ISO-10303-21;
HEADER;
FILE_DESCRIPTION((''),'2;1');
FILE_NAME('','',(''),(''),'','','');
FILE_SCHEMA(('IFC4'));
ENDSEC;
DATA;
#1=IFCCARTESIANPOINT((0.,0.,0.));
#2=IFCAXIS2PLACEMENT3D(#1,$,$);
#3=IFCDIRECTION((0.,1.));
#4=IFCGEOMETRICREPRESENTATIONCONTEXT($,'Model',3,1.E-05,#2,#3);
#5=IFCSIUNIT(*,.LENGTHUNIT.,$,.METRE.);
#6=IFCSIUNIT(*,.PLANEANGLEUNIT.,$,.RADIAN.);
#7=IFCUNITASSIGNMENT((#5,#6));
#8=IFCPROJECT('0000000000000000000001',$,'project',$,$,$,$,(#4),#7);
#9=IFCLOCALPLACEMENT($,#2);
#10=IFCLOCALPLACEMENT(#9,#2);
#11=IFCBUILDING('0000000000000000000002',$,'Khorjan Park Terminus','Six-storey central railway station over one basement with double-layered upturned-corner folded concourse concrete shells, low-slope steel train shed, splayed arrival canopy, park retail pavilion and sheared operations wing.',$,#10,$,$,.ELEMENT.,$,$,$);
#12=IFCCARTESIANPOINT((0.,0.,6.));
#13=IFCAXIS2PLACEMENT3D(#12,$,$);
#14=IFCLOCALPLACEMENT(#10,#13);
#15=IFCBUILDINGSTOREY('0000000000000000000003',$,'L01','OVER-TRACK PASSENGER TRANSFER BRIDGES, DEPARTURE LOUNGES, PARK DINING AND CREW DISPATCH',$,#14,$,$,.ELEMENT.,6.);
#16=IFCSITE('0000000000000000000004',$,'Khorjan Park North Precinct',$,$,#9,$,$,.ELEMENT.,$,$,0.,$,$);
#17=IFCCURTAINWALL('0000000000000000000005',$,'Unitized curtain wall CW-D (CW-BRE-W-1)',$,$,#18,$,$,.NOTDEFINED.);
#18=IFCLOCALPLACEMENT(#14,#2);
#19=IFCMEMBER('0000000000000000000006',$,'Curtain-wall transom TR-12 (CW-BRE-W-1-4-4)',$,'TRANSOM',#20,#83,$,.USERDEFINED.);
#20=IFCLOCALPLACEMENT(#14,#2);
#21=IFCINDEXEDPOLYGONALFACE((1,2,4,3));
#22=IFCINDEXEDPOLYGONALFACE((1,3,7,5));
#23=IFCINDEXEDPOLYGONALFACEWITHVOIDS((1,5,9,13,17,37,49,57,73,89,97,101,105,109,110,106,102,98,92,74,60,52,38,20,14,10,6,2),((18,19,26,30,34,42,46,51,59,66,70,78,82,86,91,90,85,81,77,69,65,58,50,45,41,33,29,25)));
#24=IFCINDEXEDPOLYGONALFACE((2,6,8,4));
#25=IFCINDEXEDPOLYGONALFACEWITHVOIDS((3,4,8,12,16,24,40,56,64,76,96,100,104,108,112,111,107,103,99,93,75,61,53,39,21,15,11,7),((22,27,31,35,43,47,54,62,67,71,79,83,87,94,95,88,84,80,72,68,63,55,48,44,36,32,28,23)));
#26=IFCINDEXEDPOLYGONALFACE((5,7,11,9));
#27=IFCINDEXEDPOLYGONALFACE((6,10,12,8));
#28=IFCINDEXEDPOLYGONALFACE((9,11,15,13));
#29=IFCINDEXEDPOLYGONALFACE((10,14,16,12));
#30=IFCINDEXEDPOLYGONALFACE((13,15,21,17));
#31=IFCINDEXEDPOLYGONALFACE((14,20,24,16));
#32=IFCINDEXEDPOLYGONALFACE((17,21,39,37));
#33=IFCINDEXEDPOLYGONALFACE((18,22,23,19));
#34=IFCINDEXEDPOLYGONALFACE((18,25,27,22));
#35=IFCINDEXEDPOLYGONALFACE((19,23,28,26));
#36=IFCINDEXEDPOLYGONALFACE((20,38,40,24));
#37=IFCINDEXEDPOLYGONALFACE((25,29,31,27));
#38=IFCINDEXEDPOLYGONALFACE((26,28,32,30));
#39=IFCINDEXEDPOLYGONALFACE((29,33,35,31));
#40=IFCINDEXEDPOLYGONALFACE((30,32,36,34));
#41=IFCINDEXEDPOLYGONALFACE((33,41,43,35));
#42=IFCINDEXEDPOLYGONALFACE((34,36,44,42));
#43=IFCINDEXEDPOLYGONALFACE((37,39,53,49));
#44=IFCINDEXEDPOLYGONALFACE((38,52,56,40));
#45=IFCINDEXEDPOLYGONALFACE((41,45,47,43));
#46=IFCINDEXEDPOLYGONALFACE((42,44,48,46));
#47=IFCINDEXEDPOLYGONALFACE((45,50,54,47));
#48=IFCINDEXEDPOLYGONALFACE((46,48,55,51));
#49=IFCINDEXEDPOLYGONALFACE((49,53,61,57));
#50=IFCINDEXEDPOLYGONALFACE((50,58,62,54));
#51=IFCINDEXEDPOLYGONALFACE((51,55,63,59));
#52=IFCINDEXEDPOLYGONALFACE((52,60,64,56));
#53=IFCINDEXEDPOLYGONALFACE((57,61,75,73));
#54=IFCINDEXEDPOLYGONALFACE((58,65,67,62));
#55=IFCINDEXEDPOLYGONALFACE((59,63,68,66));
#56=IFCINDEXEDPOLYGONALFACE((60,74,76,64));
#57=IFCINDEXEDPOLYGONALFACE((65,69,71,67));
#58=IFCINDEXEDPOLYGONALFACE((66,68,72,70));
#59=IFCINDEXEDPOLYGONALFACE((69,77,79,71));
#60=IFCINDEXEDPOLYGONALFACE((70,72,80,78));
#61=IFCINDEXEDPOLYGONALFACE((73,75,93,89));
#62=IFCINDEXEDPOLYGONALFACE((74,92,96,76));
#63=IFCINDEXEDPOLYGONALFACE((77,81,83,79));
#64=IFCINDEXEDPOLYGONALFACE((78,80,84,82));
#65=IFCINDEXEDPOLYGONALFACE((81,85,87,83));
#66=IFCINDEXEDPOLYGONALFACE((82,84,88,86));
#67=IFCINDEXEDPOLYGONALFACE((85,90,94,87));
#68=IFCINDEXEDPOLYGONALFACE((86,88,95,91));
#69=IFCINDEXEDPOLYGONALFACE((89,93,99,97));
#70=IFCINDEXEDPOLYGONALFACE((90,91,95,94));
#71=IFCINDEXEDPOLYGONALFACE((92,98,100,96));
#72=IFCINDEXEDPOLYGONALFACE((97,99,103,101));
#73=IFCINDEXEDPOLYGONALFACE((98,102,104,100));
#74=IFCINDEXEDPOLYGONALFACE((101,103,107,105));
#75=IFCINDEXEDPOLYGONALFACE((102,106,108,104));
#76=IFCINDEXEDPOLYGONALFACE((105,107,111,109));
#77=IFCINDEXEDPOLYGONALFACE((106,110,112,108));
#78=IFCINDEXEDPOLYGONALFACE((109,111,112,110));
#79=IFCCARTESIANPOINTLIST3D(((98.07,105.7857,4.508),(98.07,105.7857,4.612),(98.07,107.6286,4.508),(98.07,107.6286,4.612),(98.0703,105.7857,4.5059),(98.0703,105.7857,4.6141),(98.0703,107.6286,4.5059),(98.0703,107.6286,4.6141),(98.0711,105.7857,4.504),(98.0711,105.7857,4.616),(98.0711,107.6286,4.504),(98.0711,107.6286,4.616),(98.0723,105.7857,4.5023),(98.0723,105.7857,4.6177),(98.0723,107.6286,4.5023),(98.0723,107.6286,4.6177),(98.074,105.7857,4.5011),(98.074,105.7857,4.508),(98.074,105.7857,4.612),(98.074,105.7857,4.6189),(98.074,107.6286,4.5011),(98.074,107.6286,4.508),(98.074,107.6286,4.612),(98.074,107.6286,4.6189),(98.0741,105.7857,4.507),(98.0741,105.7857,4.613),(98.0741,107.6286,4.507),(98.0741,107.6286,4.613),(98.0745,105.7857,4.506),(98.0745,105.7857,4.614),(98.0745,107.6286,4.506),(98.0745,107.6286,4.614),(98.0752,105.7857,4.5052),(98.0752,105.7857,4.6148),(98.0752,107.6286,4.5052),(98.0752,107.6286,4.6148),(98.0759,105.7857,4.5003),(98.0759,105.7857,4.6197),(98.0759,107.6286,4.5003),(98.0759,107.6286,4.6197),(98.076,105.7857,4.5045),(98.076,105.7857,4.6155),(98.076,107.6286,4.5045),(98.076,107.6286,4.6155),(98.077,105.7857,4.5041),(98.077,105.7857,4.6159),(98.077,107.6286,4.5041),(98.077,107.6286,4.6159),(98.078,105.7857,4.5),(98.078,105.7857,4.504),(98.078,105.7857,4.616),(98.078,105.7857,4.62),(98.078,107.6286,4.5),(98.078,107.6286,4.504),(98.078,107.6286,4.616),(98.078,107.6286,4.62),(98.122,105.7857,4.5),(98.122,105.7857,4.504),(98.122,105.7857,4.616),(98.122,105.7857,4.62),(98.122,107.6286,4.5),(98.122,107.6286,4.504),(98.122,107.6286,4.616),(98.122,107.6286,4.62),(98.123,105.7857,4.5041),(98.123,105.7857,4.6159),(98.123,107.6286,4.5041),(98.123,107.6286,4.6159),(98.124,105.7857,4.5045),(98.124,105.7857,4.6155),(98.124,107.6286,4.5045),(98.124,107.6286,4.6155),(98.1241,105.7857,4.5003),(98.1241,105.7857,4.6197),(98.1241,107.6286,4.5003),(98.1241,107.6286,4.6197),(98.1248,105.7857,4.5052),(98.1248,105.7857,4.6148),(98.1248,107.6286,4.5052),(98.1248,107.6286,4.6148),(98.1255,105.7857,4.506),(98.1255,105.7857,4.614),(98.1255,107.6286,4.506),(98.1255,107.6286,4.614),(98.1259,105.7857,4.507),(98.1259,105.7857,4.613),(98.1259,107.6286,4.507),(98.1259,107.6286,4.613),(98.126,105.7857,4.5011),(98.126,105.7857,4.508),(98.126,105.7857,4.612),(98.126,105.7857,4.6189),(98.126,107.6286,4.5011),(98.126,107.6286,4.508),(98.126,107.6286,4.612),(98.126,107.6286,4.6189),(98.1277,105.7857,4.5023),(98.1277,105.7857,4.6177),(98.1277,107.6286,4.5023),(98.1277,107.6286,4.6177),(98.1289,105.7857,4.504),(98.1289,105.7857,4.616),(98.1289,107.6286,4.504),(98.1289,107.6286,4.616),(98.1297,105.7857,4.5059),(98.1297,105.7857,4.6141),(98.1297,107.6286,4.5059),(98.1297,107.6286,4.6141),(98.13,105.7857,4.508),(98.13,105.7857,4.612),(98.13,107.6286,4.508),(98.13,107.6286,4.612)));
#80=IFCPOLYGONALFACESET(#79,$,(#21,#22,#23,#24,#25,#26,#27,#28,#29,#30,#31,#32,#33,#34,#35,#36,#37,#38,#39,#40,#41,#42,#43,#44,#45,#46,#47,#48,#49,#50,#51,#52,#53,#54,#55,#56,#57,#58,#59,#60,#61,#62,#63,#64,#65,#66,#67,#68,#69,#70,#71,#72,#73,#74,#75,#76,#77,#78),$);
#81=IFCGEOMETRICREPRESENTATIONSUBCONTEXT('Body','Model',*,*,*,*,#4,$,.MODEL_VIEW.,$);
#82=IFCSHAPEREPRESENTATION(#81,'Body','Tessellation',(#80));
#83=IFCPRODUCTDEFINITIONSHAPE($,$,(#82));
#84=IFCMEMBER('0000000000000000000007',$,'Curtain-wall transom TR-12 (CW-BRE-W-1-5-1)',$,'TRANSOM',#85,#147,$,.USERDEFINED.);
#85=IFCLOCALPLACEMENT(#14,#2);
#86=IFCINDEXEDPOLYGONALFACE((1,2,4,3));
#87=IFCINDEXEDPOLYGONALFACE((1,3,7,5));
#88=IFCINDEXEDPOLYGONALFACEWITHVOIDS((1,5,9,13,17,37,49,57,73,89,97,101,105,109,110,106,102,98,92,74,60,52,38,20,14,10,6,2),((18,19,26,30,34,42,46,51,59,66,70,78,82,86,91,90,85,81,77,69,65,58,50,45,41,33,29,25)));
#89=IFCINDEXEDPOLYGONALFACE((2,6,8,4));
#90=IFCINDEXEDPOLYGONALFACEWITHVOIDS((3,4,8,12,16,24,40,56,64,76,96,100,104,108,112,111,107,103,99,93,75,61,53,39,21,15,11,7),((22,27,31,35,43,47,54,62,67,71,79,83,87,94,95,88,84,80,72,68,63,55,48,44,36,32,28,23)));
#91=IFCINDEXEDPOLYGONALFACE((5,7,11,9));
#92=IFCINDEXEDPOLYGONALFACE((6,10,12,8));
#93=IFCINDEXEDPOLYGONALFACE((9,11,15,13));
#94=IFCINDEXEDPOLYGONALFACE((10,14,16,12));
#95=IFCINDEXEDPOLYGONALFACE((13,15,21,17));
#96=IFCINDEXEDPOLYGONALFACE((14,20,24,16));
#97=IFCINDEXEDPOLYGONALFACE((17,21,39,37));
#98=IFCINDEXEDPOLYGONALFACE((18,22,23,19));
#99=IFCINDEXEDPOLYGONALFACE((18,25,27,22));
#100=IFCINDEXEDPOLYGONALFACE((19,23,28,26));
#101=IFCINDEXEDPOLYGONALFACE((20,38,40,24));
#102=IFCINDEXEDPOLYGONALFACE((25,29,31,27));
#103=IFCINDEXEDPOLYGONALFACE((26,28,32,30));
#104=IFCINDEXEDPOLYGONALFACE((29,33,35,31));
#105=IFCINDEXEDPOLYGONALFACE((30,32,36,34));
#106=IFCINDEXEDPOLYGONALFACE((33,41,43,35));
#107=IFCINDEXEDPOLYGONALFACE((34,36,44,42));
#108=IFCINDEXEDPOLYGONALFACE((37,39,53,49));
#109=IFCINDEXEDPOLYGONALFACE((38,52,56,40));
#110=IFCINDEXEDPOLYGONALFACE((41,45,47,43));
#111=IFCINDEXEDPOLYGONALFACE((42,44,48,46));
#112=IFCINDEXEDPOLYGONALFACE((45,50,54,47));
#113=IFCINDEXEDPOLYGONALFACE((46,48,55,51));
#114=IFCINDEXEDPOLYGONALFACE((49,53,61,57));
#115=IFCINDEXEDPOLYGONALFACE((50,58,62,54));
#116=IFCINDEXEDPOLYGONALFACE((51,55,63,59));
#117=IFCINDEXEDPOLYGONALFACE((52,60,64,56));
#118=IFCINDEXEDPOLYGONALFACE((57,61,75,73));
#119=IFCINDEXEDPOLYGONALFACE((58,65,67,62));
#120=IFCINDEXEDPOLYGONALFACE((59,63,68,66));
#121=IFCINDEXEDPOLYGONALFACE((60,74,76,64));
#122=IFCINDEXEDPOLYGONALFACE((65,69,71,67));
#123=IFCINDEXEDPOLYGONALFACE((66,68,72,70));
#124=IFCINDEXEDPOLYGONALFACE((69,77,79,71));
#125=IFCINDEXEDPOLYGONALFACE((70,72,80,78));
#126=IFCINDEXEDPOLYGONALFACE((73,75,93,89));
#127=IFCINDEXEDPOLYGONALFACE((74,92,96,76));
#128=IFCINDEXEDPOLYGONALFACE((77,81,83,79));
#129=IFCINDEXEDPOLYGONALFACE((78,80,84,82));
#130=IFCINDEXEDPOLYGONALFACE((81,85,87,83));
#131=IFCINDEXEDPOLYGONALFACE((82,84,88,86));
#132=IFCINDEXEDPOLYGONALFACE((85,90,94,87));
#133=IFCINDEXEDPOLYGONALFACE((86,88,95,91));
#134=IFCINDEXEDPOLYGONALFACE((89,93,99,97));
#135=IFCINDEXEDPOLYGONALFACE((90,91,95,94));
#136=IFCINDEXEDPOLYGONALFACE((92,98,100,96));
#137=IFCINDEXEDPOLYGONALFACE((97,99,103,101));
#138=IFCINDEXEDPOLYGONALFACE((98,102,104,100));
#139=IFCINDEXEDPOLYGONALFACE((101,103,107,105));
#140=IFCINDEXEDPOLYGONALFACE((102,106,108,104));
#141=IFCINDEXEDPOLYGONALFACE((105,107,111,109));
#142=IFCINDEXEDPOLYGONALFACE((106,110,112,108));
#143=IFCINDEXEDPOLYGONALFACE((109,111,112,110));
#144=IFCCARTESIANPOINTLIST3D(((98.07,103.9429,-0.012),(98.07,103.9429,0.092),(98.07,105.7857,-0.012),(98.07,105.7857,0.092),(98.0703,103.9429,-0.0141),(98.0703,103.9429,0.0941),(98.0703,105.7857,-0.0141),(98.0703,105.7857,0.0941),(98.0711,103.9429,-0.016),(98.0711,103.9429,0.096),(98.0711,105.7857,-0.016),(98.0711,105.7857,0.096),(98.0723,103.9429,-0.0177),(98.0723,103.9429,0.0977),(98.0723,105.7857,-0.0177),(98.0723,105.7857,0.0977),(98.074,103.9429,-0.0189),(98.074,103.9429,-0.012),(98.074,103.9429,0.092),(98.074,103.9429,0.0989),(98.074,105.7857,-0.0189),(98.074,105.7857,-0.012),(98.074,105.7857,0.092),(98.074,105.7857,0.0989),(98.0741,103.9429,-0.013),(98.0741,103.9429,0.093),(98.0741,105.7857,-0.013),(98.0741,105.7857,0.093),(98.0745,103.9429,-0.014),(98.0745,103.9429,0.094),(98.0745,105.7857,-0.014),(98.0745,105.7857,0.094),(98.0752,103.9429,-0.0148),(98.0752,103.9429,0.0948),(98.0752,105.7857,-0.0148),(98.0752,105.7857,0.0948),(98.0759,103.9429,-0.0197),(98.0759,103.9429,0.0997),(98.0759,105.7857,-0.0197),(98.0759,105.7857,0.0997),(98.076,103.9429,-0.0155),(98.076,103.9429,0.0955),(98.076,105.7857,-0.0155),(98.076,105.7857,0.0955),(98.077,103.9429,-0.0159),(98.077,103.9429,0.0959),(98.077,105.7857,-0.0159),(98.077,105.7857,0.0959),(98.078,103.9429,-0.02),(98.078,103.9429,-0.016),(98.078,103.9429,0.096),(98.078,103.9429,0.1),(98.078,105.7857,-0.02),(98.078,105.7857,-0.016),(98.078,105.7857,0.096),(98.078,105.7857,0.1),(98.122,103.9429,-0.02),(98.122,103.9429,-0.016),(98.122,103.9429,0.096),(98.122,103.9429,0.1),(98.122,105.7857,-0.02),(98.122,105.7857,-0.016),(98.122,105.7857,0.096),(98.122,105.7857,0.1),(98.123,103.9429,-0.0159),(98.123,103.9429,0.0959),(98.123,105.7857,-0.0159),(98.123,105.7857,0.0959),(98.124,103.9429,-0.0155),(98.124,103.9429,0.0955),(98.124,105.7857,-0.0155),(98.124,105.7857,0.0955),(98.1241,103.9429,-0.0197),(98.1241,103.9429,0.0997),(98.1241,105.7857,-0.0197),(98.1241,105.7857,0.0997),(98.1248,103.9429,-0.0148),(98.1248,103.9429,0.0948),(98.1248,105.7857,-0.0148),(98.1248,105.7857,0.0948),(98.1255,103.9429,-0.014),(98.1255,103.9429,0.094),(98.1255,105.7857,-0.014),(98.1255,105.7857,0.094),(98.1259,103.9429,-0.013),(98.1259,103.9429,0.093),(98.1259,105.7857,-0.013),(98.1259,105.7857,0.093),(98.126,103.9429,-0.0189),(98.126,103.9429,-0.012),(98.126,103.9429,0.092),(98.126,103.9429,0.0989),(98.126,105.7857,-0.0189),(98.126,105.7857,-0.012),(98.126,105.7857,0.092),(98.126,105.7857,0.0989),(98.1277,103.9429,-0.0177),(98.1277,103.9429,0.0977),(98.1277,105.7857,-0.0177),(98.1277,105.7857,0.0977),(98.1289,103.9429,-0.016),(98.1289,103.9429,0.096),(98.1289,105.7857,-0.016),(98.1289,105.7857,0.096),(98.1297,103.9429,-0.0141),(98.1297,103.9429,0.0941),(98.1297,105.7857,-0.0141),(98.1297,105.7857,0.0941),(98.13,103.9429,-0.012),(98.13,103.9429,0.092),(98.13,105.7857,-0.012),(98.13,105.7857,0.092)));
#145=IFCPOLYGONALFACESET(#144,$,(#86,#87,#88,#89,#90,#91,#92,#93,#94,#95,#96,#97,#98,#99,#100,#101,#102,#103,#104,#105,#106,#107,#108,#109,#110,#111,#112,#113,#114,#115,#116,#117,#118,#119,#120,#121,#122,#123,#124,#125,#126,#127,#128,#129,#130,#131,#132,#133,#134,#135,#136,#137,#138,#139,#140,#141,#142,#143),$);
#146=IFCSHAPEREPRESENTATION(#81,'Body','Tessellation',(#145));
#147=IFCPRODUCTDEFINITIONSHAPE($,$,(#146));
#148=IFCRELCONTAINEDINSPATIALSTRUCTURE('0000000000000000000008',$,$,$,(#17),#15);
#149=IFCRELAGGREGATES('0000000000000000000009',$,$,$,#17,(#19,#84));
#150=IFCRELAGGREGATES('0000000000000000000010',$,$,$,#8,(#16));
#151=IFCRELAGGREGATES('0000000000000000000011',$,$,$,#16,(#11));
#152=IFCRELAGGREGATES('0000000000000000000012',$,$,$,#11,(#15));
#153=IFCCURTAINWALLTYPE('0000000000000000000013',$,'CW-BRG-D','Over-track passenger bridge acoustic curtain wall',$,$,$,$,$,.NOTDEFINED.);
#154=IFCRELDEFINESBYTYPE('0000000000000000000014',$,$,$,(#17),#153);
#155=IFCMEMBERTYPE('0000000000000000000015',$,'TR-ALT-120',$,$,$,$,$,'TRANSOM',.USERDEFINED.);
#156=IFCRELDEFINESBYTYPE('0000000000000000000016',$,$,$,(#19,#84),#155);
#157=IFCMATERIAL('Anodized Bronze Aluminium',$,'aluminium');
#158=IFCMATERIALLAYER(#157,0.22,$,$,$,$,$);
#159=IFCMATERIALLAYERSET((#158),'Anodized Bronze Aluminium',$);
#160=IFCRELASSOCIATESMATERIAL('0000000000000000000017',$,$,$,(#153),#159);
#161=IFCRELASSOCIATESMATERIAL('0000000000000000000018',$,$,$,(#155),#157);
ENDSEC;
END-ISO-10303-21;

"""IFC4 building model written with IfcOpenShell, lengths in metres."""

from ifc_helpers import new_model, si_unit, direction, frame, origin, origin_2d, place, context, subcontext, project, spatial, hollow_rectangle, extrude, material, layer, layer_set, material_profile, profile_set, type_object, element, aggregate, save


model = new_model("IFC4")

# Units and contexts
model_context = context("Model", 3, precision=1e-05, world=origin(), true_north=direction((0.0, 1.0)))
body_context = subcontext(model_context, "Body", "Model", "MODEL_VIEW")
ifc_project = project(units=[si_unit("LENGTHUNIT", "METRE"), si_unit("PLANEANGLEUNIT", "RADIAN")], contexts=[model_context])

# Site, building, storey
site_placement = place(None, origin())
site = spatial("IfcSite", under=ifc_project, at=site_placement, Name="Khorjan Park North Precinct", CompositionType="ELEMENT", RefElevation=0.0)
building_placement = place(site_placement, origin())
building = spatial("IfcBuilding", under=site, at=building_placement, Name="Khorjan Park Terminus", Description="Six-storey central railway station over one basement with double-layered upturned-corner folded concourse concrete shells, low-slope steel train shed, splayed arrival canopy, park retail pavilion and sheared operations wing.", CompositionType="ELEMENT")
storey_placement = place(building_placement, frame((0.0, 0.0, 6.0)))
storey = spatial("IfcBuildingStorey", under=building, at=storey_placement, Name="L01", Description="OVER-TRACK PASSENGER TRANSFER BRIDGES, DEPARTURE LOUNGES, PARK DINING AND CREW DISPATCH", CompositionType="ELEMENT", Elevation=6.0)

# Curtain wall
ifc_material_1 = material(Name="Anodized Bronze Aluminium", Category="aluminium")
ifc_layer_1 = layer(ifc_material_1, 0.22)
ifc_layer_set_1 = layer_set([ifc_layer_1], Name="Anodized Bronze Aluminium")
curtain_wall_type = type_object("IfcCurtainWallType", Name="CW-BRG-D", Description="Over-track passenger bridge acoustic curtain wall", PredefinedType="NOTDEFINED", material=ifc_layer_set_1)
curtain_wall_1_placement = place(storey_placement, origin())
curtain_wall_1 = element("IfcCurtainWall", 1, at=curtain_wall_1_placement, inside=storey, type_object=curtain_wall_type, Name="Unitized curtain wall CW-D (CW-BRE-W-1)", PredefinedType="NOTDEFINED")

# Members
ifc_material_profile_1 = material_profile(ifc_material_1, hollow_rectangle(XDim=0.06, YDim=0.12, WallThickness=0.004, InnerFilletRadius=0.004, OuterFilletRadius=0.008, at=origin_2d()), Name="ALT 60x120x4")
ifc_profile_set_1 = profile_set([ifc_material_profile_1], Name="Anodized Bronze Aluminium")
member_type_1 = type_object("IfcMemberType", Name="TR-ALT-120", ElementType="TRANSOM", PredefinedType="USERDEFINED", material=ifc_profile_set_1)
member_1_placement = place(storey_placement, frame((98.1, 107.6286, 4.56), z_axis=(0.0, -1.0, 0.0), x_axis=(1.0, 0.0, 0.0)))
member_1 = element("IfcMember", 2, at=member_1_placement, type_object=member_type_1, Name="Curtain-wall transom TR-12 (CW-BRE-W-1-4-4)", ObjectType="TRANSOM", PredefinedType="USERDEFINED", context=body_context, shape_type="SweptSolid", body=[
    extrude(hollow_rectangle(XDim=0.06, YDim=0.12, WallThickness=0.004, InnerFilletRadius=0.004, OuterFilletRadius=0.008, at=origin_2d()), origin(), (0.0, 0.0, 1.0), 1.8429),
])
member_2_placement = place(storey_placement, frame((98.1, 105.7857, 0.04), z_axis=(0.0, -1.0, 0.0), x_axis=(1.0, 0.0, 0.0)))
member_2 = element("IfcMember", 3, at=member_2_placement, type_object=member_type_1, Name="Curtain-wall transom TR-12 (CW-BRE-W-1-5-1)", ObjectType="TRANSOM", PredefinedType="USERDEFINED", context=body_context, shape_type="SweptSolid", body=[
    extrude(hollow_rectangle(XDim=0.06, YDim=0.12, WallThickness=0.004, InnerFilletRadius=0.004, OuterFilletRadius=0.008, at=origin_2d()), origin(), (0.0, 0.0, 1.0), 1.8428),
])

aggregate(curtain_wall_1, [member_1, member_2])

save(model, "model.ifc")
